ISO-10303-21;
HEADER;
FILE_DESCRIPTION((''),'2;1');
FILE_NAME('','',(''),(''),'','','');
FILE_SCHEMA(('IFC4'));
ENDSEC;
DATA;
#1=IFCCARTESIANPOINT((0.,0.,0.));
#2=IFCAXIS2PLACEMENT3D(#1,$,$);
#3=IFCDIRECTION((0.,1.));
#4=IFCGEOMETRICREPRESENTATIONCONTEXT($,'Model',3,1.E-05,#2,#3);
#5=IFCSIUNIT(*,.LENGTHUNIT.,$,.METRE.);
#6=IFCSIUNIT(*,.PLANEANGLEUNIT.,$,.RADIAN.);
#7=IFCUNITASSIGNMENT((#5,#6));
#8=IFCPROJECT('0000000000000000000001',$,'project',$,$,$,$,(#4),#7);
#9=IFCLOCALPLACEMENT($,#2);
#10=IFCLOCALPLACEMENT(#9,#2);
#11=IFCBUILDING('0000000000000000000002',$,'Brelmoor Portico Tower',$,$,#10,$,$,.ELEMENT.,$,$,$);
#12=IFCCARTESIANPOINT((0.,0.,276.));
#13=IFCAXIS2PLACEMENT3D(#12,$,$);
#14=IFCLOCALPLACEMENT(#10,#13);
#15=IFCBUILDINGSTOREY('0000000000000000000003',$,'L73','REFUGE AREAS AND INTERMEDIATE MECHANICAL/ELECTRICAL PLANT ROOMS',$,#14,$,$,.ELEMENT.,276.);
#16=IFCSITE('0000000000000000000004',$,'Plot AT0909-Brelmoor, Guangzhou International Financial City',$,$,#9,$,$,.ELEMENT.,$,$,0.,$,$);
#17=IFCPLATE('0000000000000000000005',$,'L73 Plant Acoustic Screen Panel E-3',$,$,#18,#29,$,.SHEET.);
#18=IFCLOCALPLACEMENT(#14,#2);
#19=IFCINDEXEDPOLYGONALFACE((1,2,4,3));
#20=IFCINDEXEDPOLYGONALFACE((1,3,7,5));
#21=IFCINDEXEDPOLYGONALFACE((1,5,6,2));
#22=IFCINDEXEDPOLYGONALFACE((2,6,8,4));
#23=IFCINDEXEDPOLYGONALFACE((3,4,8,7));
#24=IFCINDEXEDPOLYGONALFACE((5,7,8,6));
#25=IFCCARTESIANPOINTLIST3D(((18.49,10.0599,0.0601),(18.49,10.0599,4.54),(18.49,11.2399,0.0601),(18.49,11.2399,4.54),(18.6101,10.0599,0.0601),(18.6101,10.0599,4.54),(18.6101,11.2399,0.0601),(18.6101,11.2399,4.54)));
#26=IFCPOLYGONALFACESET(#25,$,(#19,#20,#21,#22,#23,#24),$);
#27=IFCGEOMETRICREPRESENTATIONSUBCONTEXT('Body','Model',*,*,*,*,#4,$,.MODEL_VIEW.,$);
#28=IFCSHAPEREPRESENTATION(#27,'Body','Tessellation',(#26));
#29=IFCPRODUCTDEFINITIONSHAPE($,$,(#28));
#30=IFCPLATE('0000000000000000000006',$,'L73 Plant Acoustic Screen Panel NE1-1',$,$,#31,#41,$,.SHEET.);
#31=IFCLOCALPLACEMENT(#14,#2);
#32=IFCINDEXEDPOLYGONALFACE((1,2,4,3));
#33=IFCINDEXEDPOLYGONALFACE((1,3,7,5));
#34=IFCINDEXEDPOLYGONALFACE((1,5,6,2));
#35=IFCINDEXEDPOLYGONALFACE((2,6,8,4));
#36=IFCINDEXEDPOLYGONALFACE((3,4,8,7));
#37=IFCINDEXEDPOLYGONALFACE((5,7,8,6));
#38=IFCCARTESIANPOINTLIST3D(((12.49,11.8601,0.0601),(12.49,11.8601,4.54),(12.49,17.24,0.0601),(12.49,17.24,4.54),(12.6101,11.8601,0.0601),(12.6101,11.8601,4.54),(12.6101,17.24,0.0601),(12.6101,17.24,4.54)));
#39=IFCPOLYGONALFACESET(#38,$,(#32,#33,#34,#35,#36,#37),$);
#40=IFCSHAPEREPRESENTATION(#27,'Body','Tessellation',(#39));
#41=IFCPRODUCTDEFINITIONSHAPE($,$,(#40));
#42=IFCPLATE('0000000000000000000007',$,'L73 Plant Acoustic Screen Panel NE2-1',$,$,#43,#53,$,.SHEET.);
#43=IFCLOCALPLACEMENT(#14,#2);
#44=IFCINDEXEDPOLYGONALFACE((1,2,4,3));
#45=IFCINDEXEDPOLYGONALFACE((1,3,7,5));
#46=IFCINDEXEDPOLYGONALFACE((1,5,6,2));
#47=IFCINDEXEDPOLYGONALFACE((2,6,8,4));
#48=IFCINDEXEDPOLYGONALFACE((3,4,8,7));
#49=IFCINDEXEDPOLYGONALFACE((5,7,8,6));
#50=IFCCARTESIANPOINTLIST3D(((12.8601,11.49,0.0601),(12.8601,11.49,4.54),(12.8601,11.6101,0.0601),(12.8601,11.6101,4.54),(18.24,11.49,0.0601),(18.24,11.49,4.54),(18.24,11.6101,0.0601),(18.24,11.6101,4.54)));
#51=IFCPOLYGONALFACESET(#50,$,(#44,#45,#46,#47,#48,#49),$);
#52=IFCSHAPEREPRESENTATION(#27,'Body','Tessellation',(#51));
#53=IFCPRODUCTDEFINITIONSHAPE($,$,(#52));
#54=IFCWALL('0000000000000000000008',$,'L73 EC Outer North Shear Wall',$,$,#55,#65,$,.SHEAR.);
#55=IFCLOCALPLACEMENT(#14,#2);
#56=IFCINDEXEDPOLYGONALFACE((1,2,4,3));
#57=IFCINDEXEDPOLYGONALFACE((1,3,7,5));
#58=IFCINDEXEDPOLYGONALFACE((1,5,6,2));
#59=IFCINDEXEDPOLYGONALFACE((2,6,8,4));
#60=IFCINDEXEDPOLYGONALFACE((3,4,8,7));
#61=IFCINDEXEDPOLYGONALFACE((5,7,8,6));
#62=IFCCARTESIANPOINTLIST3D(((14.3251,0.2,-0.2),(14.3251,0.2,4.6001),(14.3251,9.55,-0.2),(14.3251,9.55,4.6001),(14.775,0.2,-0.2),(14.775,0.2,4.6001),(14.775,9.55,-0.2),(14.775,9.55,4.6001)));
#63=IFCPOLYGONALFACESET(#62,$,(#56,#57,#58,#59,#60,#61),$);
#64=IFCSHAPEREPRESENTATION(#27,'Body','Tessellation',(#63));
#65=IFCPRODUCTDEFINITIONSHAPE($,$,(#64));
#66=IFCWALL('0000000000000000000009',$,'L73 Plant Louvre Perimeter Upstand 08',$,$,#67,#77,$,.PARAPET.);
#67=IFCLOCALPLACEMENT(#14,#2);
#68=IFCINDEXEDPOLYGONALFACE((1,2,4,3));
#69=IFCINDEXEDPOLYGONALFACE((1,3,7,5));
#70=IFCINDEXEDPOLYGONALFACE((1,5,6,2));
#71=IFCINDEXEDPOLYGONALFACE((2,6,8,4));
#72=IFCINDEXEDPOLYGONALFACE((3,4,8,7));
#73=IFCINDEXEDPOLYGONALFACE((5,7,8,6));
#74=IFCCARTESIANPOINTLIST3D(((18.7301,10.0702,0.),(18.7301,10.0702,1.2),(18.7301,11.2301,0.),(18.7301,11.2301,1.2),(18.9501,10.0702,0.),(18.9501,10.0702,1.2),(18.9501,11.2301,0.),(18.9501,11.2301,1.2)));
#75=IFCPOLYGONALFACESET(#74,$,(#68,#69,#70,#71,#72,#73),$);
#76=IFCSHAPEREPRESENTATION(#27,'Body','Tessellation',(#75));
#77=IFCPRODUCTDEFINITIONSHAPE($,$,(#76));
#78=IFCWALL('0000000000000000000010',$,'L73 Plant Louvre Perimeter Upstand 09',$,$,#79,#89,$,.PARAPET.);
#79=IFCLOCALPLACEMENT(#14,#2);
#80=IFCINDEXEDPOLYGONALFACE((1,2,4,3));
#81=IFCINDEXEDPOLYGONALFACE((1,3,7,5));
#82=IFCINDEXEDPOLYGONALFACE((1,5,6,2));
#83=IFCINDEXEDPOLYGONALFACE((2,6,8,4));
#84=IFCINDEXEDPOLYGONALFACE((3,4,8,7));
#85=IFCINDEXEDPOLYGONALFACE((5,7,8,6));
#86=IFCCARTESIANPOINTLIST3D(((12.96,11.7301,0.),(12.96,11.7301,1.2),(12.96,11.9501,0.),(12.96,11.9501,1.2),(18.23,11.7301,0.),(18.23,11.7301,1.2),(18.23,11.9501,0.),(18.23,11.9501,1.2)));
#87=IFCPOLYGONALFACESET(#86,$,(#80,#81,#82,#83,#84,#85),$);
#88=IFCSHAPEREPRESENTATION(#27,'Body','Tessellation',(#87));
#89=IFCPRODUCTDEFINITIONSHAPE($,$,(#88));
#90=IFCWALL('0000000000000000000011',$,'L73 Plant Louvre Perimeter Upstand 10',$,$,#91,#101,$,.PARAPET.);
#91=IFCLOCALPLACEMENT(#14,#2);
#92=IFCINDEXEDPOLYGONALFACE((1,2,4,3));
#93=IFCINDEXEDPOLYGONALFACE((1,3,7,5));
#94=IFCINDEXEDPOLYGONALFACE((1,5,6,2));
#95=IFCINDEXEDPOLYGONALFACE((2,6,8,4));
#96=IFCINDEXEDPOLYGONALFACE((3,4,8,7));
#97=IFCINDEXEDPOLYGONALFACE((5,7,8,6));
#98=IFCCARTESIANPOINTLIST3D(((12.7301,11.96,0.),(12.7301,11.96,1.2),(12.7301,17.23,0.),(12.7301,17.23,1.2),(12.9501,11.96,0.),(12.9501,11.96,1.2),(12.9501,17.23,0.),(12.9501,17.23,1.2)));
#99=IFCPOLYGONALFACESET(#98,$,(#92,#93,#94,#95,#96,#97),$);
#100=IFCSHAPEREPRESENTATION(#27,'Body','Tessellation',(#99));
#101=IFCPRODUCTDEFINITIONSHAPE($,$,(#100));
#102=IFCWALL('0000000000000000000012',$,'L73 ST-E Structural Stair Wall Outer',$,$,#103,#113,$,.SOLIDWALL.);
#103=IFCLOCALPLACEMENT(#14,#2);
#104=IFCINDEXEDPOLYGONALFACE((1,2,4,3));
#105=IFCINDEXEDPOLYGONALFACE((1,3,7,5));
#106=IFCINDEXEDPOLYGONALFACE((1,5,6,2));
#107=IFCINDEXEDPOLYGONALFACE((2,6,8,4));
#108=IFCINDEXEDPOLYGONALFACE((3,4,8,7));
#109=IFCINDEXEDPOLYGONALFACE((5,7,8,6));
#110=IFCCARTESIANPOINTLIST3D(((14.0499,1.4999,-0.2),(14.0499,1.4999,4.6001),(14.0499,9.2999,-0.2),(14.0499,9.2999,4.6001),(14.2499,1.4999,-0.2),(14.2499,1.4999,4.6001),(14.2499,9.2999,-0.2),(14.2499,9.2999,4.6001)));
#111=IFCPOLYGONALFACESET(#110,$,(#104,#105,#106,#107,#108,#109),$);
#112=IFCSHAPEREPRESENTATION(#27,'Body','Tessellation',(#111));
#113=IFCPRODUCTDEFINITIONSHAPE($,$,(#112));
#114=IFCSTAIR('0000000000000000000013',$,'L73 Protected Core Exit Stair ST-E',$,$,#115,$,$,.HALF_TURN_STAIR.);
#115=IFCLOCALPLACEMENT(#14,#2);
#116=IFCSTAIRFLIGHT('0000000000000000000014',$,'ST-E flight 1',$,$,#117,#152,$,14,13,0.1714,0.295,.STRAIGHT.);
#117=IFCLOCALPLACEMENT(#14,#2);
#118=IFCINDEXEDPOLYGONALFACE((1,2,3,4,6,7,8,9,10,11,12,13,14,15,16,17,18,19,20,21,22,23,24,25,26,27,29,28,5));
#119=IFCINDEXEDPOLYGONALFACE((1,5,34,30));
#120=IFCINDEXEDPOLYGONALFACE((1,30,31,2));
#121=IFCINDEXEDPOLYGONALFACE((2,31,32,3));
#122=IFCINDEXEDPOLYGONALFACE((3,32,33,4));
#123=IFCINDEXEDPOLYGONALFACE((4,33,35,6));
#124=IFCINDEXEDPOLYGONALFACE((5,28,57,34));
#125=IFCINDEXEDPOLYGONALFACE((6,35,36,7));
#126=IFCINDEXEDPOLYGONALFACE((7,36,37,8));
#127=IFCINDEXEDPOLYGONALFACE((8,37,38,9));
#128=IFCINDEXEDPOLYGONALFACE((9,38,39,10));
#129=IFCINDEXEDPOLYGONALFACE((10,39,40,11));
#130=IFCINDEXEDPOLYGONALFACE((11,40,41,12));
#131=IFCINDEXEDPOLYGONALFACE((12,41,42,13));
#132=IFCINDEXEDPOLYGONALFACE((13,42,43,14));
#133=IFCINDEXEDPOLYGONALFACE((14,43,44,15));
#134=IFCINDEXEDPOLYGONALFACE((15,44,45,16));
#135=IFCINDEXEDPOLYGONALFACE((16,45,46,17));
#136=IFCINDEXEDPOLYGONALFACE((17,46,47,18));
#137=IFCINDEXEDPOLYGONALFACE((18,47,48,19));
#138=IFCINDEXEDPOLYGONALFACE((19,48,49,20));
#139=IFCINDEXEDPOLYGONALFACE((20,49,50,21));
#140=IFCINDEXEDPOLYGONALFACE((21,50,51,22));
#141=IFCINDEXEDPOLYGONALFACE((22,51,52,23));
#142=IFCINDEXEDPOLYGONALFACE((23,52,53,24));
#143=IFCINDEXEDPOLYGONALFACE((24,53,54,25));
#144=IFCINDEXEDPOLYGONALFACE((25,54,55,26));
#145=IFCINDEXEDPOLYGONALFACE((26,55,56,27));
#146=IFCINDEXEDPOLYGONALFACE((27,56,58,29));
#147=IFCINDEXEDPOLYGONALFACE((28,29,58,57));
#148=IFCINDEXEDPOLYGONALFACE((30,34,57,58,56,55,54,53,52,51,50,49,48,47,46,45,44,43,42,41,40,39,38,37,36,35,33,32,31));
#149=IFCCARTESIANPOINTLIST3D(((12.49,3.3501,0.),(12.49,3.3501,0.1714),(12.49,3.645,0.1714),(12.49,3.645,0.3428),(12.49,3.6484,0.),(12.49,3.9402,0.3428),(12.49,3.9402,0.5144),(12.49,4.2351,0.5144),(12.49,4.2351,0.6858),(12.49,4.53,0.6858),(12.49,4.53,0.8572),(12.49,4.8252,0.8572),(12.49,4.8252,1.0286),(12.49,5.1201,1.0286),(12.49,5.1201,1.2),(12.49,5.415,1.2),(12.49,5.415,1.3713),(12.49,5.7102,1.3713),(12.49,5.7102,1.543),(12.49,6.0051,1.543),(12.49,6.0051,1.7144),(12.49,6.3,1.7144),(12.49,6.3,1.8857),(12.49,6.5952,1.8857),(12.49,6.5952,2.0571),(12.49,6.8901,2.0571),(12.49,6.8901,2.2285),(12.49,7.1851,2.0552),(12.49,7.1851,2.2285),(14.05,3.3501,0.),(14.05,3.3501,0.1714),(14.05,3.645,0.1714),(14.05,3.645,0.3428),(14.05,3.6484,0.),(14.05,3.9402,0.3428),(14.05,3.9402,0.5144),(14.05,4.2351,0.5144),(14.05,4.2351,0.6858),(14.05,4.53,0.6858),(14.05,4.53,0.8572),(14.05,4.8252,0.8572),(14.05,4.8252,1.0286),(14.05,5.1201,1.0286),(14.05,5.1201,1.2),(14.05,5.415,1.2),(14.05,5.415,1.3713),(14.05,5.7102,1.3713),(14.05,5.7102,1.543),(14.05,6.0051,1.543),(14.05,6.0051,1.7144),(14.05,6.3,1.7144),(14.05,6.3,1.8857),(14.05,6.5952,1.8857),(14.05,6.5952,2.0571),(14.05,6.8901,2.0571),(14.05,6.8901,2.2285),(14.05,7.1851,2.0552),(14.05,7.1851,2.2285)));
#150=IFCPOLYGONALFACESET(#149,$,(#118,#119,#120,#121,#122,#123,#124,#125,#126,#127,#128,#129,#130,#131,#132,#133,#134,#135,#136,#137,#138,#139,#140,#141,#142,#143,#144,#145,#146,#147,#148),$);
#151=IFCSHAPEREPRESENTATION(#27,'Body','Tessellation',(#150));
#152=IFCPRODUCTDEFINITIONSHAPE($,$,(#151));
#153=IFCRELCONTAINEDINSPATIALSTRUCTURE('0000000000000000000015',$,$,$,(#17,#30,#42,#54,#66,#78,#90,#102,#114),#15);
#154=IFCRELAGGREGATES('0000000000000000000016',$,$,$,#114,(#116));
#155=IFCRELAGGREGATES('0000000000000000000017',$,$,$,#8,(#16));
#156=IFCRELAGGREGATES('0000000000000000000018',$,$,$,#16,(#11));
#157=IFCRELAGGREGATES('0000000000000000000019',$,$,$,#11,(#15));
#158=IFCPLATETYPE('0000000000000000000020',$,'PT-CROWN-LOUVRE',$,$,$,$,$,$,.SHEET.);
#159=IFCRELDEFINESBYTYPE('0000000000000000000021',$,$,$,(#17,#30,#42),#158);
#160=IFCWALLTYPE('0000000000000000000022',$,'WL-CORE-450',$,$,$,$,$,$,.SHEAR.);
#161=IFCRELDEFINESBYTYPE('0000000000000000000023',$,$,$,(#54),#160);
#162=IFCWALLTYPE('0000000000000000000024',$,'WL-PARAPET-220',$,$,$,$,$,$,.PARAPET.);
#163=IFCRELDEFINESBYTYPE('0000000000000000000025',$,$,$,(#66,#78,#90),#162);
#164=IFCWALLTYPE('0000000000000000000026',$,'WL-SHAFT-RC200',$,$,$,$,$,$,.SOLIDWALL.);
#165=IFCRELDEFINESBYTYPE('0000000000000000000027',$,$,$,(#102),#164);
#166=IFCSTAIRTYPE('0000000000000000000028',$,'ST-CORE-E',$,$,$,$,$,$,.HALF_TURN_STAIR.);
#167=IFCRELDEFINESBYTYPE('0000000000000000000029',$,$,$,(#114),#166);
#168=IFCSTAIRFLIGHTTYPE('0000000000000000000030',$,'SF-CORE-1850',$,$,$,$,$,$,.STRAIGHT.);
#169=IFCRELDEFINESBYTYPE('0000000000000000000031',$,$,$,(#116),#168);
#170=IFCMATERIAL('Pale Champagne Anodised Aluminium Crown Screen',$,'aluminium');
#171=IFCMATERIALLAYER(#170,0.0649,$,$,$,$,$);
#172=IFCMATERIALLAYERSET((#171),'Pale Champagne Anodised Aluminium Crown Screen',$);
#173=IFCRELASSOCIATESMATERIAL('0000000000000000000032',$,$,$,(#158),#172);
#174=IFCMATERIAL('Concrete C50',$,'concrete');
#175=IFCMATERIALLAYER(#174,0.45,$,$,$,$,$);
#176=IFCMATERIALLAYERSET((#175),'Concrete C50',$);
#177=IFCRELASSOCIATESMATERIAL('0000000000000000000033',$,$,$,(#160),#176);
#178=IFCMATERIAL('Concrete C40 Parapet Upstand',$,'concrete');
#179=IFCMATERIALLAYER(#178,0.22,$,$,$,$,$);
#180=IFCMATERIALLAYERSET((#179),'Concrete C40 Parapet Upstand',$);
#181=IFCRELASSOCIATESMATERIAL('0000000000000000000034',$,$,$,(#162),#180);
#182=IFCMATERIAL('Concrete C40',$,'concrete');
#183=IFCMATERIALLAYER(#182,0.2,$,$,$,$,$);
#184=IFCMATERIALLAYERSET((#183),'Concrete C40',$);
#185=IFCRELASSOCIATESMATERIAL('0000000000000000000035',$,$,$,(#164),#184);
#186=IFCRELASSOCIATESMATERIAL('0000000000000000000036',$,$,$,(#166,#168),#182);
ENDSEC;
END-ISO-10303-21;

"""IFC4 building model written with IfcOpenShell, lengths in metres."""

from ifc_helpers import new_model, si_unit, direction, frame, frame_2d, origin, origin_2d, place, context, subcontext, project, spatial, polyline, rectangle, outline, extrude, material, layer, layer_set, type_object, element, aggregate, save


model = new_model("IFC4")

# Units and contexts
model_context = context("Model", 3, precision=1e-05, world=origin(), true_north=direction((0.0, 1.0)))
body_context = subcontext(model_context, "Body", "Model", "MODEL_VIEW")
ifc_project = project(units=[si_unit("LENGTHUNIT", "METRE"), si_unit("PLANEANGLEUNIT", "RADIAN")], contexts=[model_context])

# Site, building, storey
site_placement = place(None, origin())
site = spatial("IfcSite", under=ifc_project, at=site_placement, Name="Plot AT0909-Brelmoor, Guangzhou International Financial City", CompositionType="ELEMENT", RefElevation=0.0)
building_placement = place(site_placement, origin())
building = spatial("IfcBuilding", under=site, at=building_placement, Name="Brelmoor Portico Tower", CompositionType="ELEMENT")
storey_placement = place(building_placement, frame((0.0, 0.0, 276.0)))
storey = spatial("IfcBuildingStorey", under=building, at=storey_placement, Name="L73", Description="REFUGE AREAS AND INTERMEDIATE MECHANICAL/ELECTRICAL PLANT ROOMS", CompositionType="ELEMENT", Elevation=276.0)

# Plates
ifc_material_1 = material(Name="Pale Champagne Anodised Aluminium Crown Screen", Category="aluminium")
ifc_layer_1 = layer(ifc_material_1, 0.0649)
ifc_layer_set_1 = layer_set([ifc_layer_1], Name="Pale Champagne Anodised Aluminium Crown Screen")
plate_type_1 = type_object("IfcPlateType", Name="PT-CROWN-LOUVRE", PredefinedType="SHEET", material=ifc_layer_set_1)
plate_1_placement = place(storey_placement, frame((18.55, 10.6499, 0.0601), z_axis=(0.0, 0.0, 1.0), x_axis=(0.0, 1.0, 0.0)))
element("IfcPlate", 1, at=plate_1_placement, inside=storey, type_object=plate_type_1, Name="L73 Plant Acoustic Screen Panel E-3", PredefinedType="SHEET", context=body_context, shape_type="SweptSolid", body=[
    extrude(rectangle(XDim=1.1799, YDim=0.1201, at=origin_2d()), origin(), (0.0, 0.0, 1.0), 4.48),
])
for number, where, z_axis, x_axis, name in (
    (2, (12.55, 14.55, 0.0601), (0.0, 0.0, 1.0), (0.0, 1.0, 0.0), "L73 Plant Acoustic Screen Panel NE1-1"),
    (3, (15.55, 11.55, 0.0601), (0.0, 0.0, 1.0), (1.0, 0.0, 0.0), "L73 Plant Acoustic Screen Panel NE2-1"),
):
    element("IfcPlate", number, at=place(storey_placement, frame(where, z_axis=z_axis, x_axis=x_axis)), inside=storey, type_object=plate_type_1, Name=name, PredefinedType="SHEET", context=body_context, shape_type="SweptSolid", body=[
        extrude(rectangle(XDim=5.3799, YDim=0.1201, at=origin_2d()), origin(), (0.0, 0.0, 1.0), 4.48),
    ])

# Walls
ifc_material_2 = material(Name="Concrete C50", Category="concrete")
ifc_layer_2 = layer(ifc_material_2, 0.45)
ifc_layer_set_2 = layer_set([ifc_layer_2], Name="Concrete C50")
wall_type_1 = type_object("IfcWallType", Name="WL-CORE-450", PredefinedType="SHEAR", material=ifc_layer_set_2)
wall_1_placement = place(storey_placement, frame((14.55, 0.2, -0.2), z_axis=(0.0, 0.0, 1.0), x_axis=(0.0, 1.0, 0.0)))
element("IfcWall", 4, at=wall_1_placement, inside=storey, type_object=wall_type_1, Name="L73 EC Outer North Shear Wall", PredefinedType="SHEAR", context=body_context, shape_type="SweptSolid", body=[
    extrude(rectangle(XDim=9.3501, YDim=0.45, at=frame_2d((4.675, 0.0))), origin(), (0.0, 0.0, 1.0), 4.8),
])
ifc_material_3 = material(Name="Concrete C40 Parapet Upstand", Category="concrete")
ifc_layer_3 = layer(ifc_material_3, 0.22)
ifc_layer_set_3 = layer_set([ifc_layer_3], Name="Concrete C40 Parapet Upstand")
wall_type_2 = type_object("IfcWallType", Name="WL-PARAPET-220", PredefinedType="PARAPET", material=ifc_layer_set_3)
wall_2_placement = place(storey_placement, frame((18.8401, 10.0701, 0.0), z_axis=(0.0, 0.0, 1.0), x_axis=(0.0, 1.0, 0.0)))
element("IfcWall", 5, at=wall_2_placement, inside=storey, type_object=wall_type_2, Name="L73 Plant Louvre Perimeter Upstand 08", PredefinedType="PARAPET", context=body_context, shape_type="SweptSolid", body=[
    extrude(rectangle(XDim=1.1599, YDim=0.22, at=frame_2d((0.5801, 0.0))), origin(), (0.0, 0.0, 1.0), 1.2),
])
for number, where, z_axis, x_axis, name in (
    (6, (18.23, 11.8401, 0.0), (0.0, 0.0, 1.0), (-1.0, 0.0, 0.0), "L73 Plant Louvre Perimeter Upstand 09"),
    (7, (12.8401, 11.96, 0.0), (0.0, 0.0, 1.0), (0.0, 1.0, 0.0), "L73 Plant Louvre Perimeter Upstand 10"),
):
    element("IfcWall", number, at=place(storey_placement, frame(where, z_axis=z_axis, x_axis=x_axis)), inside=storey, type_object=wall_type_2, Name=name, PredefinedType="PARAPET", context=body_context, shape_type="SweptSolid", body=[
        extrude(rectangle(XDim=5.27, YDim=0.22, at=frame_2d((2.635, 0.0))), origin(), (0.0, 0.0, 1.0), 1.2),
    ])
ifc_material_4 = material(Name="Concrete C40", Category="concrete")
ifc_layer_4 = layer(ifc_material_4, 0.2)
ifc_layer_set_4 = layer_set([ifc_layer_4], Name="Concrete C40")
wall_type_3 = type_object("IfcWallType", Name="WL-SHAFT-RC200", PredefinedType="SOLIDWALL", material=ifc_layer_set_4)
wall_3_placement = place(storey_placement, frame((14.1499, 1.5, -0.2), z_axis=(0.0, 0.0, 1.0), x_axis=(0.0, 1.0, 0.0)))
element("IfcWall", 8, at=wall_3_placement, inside=storey, type_object=wall_type_3, Name="L73 ST-E Structural Stair Wall Outer", PredefinedType="SOLIDWALL", context=body_context, shape_type="SweptSolid", body=[
    extrude(rectangle(XDim=7.8, YDim=0.2, at=frame_2d((3.8999, 0.0))), origin(), (0.0, 0.0, 1.0), 4.8),
])

# Stair, stair flight
stair_type = type_object("IfcStairType", Name="ST-CORE-E", PredefinedType="HALF_TURN_STAIR", material=ifc_material_4)
stair_placement = place(storey_placement, origin())
stair = element("IfcStair", 9, at=stair_placement, inside=storey, type_object=stair_type, Name="L73 Protected Core Exit Stair ST-E", PredefinedType="HALF_TURN_STAIR")
stair_flight_type = type_object("IfcStairFlightType", Name="SF-CORE-1850", PredefinedType="STRAIGHT", material=ifc_material_4)
stair_flight_placement = place(storey_placement, frame((13.27, 3.3501, 0.0), z_axis=(0.0, 0.0, 1.0), x_axis=(0.0, 1.0, 0.0)))
stair_flight = element("IfcStairFlight", 10, at=stair_flight_placement, type_object=stair_flight_type, Name="ST-E flight 1", NumberOfRisers=14, NumberOfTreads=13, PredefinedType="STRAIGHT", RiserHeight=0.1714, TreadLength=0.295, context=body_context, shape_type="SweptSolid", body=[
    extrude(outline(polyline([(0.0, 0.0), (0.0, 0.1714), (0.2949, 0.1714), (0.2949, 0.3428), (0.5901, 0.3428), (0.5901, 0.5144), (0.885, 0.5144), (0.885, 0.6858), (1.1799, 0.6858), (1.1799, 0.8572), (1.4751, 0.8572), (1.4751, 1.0286), (1.77, 1.0286), (1.77, 1.2), (2.0649, 1.2), (2.0649, 1.3713), (2.3601, 1.3713), (2.3601, 1.543), (2.655, 1.543), (2.655, 1.7144), (2.95, 1.7144), (2.95, 1.8857), (3.2451, 1.8857), (3.2451, 2.0571), (3.54, 2.0571), (3.54, 2.2285), (3.835, 2.2285), (3.835, 2.3999), (3.835, 2.0552), (0.2983, 0.0), (0.0, 0.0)])), frame((0.0, 0.78, 0.0), z_axis=(0.0, -1.0, 0.0), x_axis=(1.0, 0.0, 0.0)), (0.0, 0.0, 1.0), 1.5601),
])
aggregate(stair, [stair_flight])

save(model, "model.ifc")
